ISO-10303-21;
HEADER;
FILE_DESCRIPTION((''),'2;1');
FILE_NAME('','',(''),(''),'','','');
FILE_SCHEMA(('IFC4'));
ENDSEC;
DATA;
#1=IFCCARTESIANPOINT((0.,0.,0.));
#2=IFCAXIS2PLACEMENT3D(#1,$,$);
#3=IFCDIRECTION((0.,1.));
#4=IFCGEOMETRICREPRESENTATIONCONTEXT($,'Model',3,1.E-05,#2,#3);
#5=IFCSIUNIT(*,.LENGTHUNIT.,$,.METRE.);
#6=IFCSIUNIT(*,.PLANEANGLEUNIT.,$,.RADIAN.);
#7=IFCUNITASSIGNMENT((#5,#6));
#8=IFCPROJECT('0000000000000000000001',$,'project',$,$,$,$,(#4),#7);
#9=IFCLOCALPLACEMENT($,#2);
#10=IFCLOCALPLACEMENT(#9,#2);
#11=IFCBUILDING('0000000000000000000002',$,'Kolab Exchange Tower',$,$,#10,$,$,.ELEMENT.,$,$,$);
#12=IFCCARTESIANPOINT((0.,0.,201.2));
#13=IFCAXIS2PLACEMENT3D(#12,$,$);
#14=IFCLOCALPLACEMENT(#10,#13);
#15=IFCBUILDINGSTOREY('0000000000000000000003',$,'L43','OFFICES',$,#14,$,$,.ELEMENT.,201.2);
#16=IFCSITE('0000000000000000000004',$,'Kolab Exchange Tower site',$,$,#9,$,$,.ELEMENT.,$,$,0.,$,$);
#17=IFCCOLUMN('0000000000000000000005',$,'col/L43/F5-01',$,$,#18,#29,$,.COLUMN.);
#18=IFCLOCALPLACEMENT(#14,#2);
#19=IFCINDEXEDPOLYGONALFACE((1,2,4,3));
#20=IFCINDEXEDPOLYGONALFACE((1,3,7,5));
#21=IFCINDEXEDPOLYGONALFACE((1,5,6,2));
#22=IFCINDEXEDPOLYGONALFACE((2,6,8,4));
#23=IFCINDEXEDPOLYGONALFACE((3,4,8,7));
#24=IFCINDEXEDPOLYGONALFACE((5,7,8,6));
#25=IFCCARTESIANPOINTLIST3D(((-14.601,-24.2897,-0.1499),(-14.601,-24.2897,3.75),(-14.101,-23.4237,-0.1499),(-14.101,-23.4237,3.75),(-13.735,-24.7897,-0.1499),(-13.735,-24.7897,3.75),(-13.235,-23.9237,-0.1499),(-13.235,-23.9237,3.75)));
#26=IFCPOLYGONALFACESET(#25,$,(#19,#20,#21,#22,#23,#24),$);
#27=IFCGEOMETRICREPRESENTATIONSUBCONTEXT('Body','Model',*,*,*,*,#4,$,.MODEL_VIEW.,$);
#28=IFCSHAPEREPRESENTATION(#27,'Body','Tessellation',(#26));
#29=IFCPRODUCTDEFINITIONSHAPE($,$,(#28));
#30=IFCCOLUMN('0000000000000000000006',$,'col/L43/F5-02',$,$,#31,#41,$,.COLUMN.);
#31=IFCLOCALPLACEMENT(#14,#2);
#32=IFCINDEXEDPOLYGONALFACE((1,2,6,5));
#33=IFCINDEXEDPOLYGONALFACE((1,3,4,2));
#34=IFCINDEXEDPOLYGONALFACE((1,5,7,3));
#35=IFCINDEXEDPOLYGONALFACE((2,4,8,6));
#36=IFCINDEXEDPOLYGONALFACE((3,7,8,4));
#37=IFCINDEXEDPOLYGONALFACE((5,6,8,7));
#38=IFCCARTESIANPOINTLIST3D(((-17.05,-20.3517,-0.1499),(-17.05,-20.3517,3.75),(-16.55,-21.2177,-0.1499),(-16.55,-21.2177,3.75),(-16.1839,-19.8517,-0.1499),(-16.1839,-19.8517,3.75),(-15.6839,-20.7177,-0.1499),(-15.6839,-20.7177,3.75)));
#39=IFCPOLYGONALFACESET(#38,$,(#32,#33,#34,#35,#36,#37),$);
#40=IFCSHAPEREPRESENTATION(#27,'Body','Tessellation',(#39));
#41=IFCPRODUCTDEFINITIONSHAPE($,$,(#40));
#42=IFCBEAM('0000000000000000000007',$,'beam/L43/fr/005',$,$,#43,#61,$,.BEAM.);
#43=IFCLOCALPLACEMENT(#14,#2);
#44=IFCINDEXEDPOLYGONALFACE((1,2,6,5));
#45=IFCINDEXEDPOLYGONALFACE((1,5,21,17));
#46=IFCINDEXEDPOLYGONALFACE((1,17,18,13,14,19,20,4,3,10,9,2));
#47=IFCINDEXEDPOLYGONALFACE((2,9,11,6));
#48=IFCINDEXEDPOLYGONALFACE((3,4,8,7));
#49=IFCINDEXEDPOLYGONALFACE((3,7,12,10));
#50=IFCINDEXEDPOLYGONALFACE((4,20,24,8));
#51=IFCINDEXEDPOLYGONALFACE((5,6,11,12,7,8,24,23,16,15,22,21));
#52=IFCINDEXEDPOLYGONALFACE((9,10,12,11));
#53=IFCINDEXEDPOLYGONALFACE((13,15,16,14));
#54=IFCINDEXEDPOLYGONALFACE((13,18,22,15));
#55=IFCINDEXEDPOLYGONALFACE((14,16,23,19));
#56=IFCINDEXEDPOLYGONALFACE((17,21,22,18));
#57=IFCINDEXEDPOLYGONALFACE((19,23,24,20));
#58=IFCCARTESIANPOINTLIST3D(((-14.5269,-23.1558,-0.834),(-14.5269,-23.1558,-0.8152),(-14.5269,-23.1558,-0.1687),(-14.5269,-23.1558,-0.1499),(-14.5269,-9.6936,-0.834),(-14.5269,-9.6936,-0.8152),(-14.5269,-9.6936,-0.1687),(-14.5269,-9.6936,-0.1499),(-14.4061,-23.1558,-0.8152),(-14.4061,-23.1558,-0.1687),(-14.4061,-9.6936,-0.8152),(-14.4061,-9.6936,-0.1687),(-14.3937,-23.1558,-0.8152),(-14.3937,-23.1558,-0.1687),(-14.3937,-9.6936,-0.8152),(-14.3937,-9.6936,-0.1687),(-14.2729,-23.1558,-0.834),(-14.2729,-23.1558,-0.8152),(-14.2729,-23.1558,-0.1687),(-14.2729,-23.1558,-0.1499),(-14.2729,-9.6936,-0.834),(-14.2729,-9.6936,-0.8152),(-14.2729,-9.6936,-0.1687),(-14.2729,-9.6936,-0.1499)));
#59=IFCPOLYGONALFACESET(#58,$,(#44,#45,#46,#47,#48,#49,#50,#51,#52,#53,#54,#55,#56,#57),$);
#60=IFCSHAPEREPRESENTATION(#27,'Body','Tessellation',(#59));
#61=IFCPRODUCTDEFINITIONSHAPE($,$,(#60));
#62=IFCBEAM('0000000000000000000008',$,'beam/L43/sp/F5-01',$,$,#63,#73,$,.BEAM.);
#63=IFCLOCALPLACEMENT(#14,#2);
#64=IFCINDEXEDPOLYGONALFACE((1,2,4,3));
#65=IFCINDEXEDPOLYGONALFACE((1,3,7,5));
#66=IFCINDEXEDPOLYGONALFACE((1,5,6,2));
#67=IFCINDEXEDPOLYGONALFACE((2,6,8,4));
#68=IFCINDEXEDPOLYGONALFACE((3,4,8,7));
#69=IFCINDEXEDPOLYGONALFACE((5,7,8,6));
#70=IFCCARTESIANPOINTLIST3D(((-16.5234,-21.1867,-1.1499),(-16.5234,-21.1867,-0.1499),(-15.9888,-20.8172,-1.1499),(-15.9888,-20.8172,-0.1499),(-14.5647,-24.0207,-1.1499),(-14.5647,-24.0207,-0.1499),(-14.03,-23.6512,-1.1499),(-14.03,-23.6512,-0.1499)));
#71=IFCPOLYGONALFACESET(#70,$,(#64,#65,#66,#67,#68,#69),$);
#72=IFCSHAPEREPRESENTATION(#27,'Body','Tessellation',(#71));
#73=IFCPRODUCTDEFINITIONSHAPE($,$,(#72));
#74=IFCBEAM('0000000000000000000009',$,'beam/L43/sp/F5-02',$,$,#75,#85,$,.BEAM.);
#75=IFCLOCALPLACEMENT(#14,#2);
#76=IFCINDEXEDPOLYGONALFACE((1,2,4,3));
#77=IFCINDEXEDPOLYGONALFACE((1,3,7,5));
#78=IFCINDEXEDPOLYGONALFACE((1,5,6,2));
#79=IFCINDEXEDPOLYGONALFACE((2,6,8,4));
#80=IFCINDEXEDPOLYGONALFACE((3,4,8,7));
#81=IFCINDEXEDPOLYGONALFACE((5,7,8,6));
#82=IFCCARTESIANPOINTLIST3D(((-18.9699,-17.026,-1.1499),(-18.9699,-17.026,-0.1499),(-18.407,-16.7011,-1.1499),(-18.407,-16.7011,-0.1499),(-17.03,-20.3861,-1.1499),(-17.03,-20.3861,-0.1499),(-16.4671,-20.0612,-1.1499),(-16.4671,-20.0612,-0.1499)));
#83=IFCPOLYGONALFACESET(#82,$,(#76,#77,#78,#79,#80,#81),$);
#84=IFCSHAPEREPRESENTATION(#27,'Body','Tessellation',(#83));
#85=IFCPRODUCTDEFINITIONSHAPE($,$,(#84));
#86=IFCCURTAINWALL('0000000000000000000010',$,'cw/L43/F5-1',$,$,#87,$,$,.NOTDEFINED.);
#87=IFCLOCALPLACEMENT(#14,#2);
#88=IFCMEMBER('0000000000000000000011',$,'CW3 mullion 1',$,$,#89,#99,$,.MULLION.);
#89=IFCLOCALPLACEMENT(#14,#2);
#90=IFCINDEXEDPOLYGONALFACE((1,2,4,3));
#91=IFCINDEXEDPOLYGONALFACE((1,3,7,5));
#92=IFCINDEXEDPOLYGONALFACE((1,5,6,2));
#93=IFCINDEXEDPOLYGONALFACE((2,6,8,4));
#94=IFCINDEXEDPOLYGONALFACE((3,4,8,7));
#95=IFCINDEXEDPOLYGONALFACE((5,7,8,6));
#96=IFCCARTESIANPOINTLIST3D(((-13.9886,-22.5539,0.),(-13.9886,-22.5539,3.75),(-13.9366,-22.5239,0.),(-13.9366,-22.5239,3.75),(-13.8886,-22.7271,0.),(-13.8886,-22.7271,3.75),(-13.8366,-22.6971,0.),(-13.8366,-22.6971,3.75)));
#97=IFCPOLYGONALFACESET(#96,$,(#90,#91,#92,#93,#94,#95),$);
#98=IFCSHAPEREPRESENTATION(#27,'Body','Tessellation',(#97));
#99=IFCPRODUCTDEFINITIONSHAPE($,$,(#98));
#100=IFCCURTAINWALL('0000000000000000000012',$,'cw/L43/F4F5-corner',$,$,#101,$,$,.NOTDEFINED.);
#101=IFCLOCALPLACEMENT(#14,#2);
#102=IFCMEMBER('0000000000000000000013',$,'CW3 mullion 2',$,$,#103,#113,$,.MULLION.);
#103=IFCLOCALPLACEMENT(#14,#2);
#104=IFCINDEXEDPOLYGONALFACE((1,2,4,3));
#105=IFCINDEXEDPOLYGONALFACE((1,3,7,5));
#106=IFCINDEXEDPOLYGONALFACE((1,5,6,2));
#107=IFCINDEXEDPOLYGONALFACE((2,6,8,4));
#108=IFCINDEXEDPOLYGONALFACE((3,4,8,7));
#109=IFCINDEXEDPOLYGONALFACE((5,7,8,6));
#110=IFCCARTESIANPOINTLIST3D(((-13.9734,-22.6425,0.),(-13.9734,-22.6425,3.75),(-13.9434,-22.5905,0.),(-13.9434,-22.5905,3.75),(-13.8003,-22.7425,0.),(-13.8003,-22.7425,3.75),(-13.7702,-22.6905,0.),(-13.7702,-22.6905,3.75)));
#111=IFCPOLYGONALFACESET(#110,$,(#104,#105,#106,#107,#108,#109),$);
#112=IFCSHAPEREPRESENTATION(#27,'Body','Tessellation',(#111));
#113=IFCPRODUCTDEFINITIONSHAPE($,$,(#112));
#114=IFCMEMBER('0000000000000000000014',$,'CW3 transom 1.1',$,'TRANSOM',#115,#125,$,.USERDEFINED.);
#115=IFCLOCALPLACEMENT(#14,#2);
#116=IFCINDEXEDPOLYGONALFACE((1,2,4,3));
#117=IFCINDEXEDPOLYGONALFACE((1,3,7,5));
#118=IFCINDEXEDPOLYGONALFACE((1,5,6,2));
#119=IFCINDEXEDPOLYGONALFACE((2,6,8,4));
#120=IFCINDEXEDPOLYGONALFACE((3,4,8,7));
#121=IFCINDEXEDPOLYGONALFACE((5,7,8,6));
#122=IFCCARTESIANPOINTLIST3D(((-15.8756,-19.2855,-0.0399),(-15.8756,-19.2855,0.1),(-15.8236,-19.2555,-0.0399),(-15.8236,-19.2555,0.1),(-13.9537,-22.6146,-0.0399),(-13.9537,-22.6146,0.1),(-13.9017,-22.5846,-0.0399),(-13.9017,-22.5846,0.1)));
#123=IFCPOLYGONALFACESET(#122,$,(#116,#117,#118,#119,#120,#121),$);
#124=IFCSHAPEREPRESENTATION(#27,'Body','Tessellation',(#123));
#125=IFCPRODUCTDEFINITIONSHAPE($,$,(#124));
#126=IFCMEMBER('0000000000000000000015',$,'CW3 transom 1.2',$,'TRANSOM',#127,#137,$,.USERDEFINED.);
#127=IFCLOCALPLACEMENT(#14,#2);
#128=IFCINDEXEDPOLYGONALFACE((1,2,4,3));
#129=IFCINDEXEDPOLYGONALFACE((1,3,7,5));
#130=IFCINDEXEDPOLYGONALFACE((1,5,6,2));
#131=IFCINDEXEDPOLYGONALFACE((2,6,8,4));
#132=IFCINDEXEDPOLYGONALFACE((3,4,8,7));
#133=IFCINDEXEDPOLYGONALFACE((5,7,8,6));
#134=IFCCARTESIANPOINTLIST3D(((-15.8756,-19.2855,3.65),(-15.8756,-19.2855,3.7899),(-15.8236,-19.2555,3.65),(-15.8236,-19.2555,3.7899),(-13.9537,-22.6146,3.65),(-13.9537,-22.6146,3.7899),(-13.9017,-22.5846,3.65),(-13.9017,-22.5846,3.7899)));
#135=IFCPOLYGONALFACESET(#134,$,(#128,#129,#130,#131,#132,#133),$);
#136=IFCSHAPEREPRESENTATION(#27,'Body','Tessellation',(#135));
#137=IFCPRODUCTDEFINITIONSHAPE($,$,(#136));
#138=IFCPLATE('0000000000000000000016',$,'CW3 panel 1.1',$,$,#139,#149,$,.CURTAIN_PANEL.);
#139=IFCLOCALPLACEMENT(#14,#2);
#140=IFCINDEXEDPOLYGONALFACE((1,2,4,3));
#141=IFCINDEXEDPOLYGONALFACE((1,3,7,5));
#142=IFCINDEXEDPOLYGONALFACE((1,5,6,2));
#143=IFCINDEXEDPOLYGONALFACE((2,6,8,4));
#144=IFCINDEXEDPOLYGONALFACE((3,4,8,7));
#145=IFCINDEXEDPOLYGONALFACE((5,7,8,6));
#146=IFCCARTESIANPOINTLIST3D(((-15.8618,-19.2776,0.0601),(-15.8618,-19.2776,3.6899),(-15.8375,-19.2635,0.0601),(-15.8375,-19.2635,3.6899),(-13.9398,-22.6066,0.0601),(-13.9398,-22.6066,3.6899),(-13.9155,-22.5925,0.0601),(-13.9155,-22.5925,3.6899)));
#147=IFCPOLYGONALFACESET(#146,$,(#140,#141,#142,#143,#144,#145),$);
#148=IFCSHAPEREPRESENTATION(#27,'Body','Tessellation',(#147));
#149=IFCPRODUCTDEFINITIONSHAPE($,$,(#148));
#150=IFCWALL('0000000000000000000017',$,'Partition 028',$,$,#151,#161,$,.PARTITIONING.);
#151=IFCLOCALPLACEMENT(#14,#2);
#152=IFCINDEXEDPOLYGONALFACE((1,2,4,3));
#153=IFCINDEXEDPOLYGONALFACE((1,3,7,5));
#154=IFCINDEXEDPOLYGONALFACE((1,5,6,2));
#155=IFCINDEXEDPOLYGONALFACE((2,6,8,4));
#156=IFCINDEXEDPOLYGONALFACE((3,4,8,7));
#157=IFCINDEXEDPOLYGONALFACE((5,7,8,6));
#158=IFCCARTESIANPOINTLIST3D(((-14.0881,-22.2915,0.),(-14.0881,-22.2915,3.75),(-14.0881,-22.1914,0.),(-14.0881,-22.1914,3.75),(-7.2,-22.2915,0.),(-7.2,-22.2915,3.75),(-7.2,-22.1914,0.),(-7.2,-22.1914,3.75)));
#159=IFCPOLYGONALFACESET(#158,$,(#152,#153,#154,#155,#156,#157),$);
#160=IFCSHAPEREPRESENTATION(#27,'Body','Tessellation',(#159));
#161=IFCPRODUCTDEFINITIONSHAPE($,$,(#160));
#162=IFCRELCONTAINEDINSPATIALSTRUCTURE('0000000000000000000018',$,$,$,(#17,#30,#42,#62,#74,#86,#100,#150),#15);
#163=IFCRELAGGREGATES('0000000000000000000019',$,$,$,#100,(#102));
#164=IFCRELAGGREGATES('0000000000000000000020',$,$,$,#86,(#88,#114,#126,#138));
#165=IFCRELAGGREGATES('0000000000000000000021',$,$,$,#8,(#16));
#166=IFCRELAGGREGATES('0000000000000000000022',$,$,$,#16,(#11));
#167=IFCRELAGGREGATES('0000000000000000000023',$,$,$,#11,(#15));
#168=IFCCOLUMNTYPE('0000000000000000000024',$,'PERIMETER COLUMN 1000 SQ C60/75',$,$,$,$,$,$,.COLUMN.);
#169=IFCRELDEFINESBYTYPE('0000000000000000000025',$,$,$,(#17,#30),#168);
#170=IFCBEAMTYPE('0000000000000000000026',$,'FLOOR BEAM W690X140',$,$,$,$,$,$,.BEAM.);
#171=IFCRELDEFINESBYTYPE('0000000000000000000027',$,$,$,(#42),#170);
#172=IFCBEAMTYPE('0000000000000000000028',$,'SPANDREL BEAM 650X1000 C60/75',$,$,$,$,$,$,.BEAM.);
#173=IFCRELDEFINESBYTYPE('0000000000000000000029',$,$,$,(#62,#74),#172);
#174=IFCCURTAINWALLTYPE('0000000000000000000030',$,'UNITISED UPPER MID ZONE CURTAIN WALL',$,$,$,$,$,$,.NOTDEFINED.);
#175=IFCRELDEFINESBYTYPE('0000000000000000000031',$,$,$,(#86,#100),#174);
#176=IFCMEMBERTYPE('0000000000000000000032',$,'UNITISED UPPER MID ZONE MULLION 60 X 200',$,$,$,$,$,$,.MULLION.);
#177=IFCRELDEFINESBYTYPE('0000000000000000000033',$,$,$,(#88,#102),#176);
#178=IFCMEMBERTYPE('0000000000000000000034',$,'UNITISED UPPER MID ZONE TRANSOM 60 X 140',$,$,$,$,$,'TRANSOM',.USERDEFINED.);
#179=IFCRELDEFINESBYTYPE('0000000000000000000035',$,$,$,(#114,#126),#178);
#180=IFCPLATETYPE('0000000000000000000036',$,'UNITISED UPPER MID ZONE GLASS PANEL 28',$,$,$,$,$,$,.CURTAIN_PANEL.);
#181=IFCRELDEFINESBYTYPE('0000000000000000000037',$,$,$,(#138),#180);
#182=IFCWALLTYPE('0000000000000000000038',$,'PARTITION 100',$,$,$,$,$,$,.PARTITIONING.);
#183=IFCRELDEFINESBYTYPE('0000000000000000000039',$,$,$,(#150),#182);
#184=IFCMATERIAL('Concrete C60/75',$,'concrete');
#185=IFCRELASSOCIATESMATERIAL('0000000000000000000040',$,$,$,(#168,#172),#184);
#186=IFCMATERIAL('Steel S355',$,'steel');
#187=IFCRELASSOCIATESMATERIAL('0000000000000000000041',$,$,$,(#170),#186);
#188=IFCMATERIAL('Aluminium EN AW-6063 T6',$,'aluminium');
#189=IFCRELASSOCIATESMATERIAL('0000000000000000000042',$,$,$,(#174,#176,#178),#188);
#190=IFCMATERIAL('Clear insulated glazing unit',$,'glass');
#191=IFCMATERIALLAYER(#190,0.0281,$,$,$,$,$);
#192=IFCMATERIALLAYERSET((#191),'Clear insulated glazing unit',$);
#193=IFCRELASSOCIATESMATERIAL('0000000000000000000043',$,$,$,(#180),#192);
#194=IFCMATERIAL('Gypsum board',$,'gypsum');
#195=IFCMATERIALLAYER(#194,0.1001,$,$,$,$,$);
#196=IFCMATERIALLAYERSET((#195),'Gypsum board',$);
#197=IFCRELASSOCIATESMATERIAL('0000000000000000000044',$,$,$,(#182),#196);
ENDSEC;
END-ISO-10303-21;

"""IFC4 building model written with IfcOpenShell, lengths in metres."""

from ifc_helpers import new_model, si_unit, direction, frame, frame_2d, origin, origin_2d, place, context, subcontext, project, spatial, rectangle, i_section, extrude, material, layer, layer_set, material_profile, profile_set, type_object, element, aggregate, save


model = new_model("IFC4")

# Units and contexts
model_context = context("Model", 3, precision=1e-05, world=origin(), true_north=direction((0.0, 1.0)))
body_context = subcontext(model_context, "Body", "Model", "MODEL_VIEW")
ifc_project = project(units=[si_unit("LENGTHUNIT", "METRE"), si_unit("PLANEANGLEUNIT", "RADIAN")], contexts=[model_context])

# Site, building, storey
site_placement = place(None, origin())
site = spatial("IfcSite", under=ifc_project, at=site_placement, Name="Kolab Exchange Tower site", CompositionType="ELEMENT", RefElevation=0.0)
building_placement = place(site_placement, origin())
building = spatial("IfcBuilding", under=site, at=building_placement, Name="Kolab Exchange Tower", CompositionType="ELEMENT")
storey_placement = place(building_placement, frame((0.0, 0.0, 201.2)))
storey = spatial("IfcBuildingStorey", under=building, at=storey_placement, Name="L43", Description="OFFICES", CompositionType="ELEMENT", Elevation=201.2)

# Columns
ifc_material_1 = material(Name="Concrete C60/75", Category="concrete")
ifc_material_profile_1 = material_profile(ifc_material_1, rectangle(XDim=1.0, YDim=1.0, at=origin_2d()), Name="RC1000")
ifc_profile_set_1 = profile_set([ifc_material_profile_1], Name="Concrete C60/75")
column_type = type_object("IfcColumnType", Name="PERIMETER COLUMN 1000 SQ C60/75", PredefinedType="COLUMN", material=ifc_profile_set_1)
for number, where, z_axis, x_axis, name in (
    (1, (-13.918, -24.1067, -0.1499), (0.0, 0.0, 1.0), (0.5, 0.866025, 0.0), "col/L43/F5-01"),
    (2, (-16.3669, -20.5347, -0.1499), (0.0, 0.0, 1.0), (0.866025, 0.5, 0.0), "col/L43/F5-02"),
):
    element("IfcColumn", number, at=place(storey_placement, frame(where, z_axis=z_axis, x_axis=x_axis)), inside=storey, type_object=column_type, Name=name, PredefinedType="COLUMN", context=body_context, shape_type="SweptSolid", body=[
        extrude(rectangle(XDim=1.0, YDim=1.0, at=origin_2d()), origin(), (0.0, 0.0, 1.0), 3.8999),
    ])

# Beams
ifc_material_2 = material(Name="Steel S355", Category="steel")
ifc_material_profile_2 = material_profile(ifc_material_2, i_section(OverallWidth=0.2539, OverallDepth=0.6841, WebThickness=0.0125, FlangeThickness=0.0188, at=origin_2d()), Name="W690X140")
ifc_profile_set_2 = profile_set([ifc_material_profile_2], Name="Steel S355")
beam_type_1 = type_object("IfcBeamType", Name="FLOOR BEAM W690X140", PredefinedType="BEAM", material=ifc_profile_set_2)
beam_1_placement = place(storey_placement, frame((-14.3999, -23.1558, -0.4919), z_axis=(0.0, 1.0, 0.0), x_axis=(-1.0, 0.0, 0.0)))
element("IfcBeam", 3, at=beam_1_placement, inside=storey, type_object=beam_type_1, Name="beam/L43/fr/005", PredefinedType="BEAM", context=body_context, shape_type="SweptSolid", body=[
    extrude(i_section(OverallWidth=0.2539, OverallDepth=0.6841, WebThickness=0.0125, FlangeThickness=0.0188, at=origin_2d()), origin(), (0.0, 0.0, 1.0), 13.4622),
])
ifc_material_profile_3 = material_profile(ifc_material_1, rectangle(XDim=0.6499, YDim=1.0, at=origin_2d()), Name="RC650X1000")
ifc_profile_set_3 = profile_set([ifc_material_profile_3], Name="Concrete C60/75")
beam_type_2 = type_object("IfcBeamType", Name="SPANDREL BEAM 650X1000 C60/75", PredefinedType="BEAM", material=ifc_profile_set_3)
beam_2_placement = place(storey_placement, frame((-14.2974, -23.8359, -0.6499), z_axis=(-0.568572, 0.822633, 0.0), x_axis=(-0.822633, -0.568572, 0.0)))
element("IfcBeam", 4, at=beam_2_placement, inside=storey, type_object=beam_type_2, Name="beam/L43/sp/F5-01", PredefinedType="BEAM", context=body_context, shape_type="SweptSolid", body=[
    extrude(rectangle(XDim=0.6499, YDim=1.0, at=origin_2d()), origin(), (0.0, 0.0, 1.0), 3.4451),
])
beam_3_placement = place(storey_placement, frame((-16.7485, -20.2236, -0.6499), z_axis=(-0.499997, 0.866027, 0.0), x_axis=(-0.866027, -0.499997, 0.0)))
element("IfcBeam", 5, at=beam_3_placement, inside=storey, type_object=beam_type_2, Name="beam/L43/sp/F5-02", PredefinedType="BEAM", context=body_context, shape_type="SweptSolid", body=[
    extrude(rectangle(XDim=0.6499, YDim=1.0, at=origin_2d()), origin(), (0.0, 0.0, 1.0), 3.8799),
])

# Curtain walls, members
ifc_material_3 = material(Name="Aluminium EN AW-6063 T6", Category="aluminium")
curtain_wall_type = type_object("IfcCurtainWallType", Name="UNITISED UPPER MID ZONE CURTAIN WALL", PredefinedType="NOTDEFINED", material=ifc_material_3)
curtain_wall_1_placement = place(storey_placement, origin())
curtain_wall_1 = element("IfcCurtainWall", 6, at=curtain_wall_1_placement, inside=storey, type_object=curtain_wall_type, Name="cw/L43/F5-1", PredefinedType="NOTDEFINED")
ifc_material_profile_4 = material_profile(ifc_material_3, rectangle(XDim=0.0601, YDim=0.2, at=origin_2d()), Name="RECT 60X200")
ifc_profile_set_4 = profile_set([ifc_material_profile_4], Name="Aluminium EN AW-6063 T6")
member_type_1 = type_object("IfcMemberType", Name="UNITISED UPPER MID ZONE MULLION 60 X 200", PredefinedType="MULLION", material=ifc_profile_set_4)
member_1_placement = place(storey_placement, frame((-13.9126, -22.6255, 0.0), z_axis=(0.0, 0.0, 1.0), x_axis=(-0.866025, -0.5, 0.0)))
member_1 = element("IfcMember", 7, at=member_1_placement, type_object=member_type_1, Name="CW3 mullion 1", PredefinedType="MULLION", context=body_context, shape_type="SweptSolid", body=[
    extrude(rectangle(XDim=0.0601, YDim=0.2, at=origin_2d()), origin(), (0.0, 0.0, 1.0), 3.75),
])
curtain_wall_2_placement = place(storey_placement, origin())
curtain_wall_2 = element("IfcCurtainWall", 8, at=curtain_wall_2_placement, inside=storey, type_object=curtain_wall_type, Name="cw/L43/F4F5-corner", PredefinedType="NOTDEFINED")
member_2_placement = place(storey_placement, frame((-13.8718, -22.6665, 0.0), z_axis=(0.0, 0.0, 1.0), x_axis=(-0.5, -0.866025, 0.0)))
member_2 = element("IfcMember", 9, at=member_2_placement, type_object=member_type_1, Name="CW3 mullion 2", PredefinedType="MULLION", context=body_context, shape_type="SweptSolid", body=[
    extrude(rectangle(XDim=0.0601, YDim=0.2, at=origin_2d()), origin(), (0.0, 0.0, 1.0), 3.75),
])
aggregate(curtain_wall_2, [member_2])

# Members
ifc_material_profile_5 = material_profile(ifc_material_3, rectangle(XDim=0.0601, YDim=0.1399, at=origin_2d()), Name="RECT 60X140")
ifc_profile_set_5 = profile_set([ifc_material_profile_5], Name="Aluminium EN AW-6063 T6")
member_type_2 = type_object("IfcMemberType", Name="UNITISED UPPER MID ZONE TRANSOM 60 X 140", ElementType="TRANSOM", PredefinedType="USERDEFINED", material=ifc_profile_set_5)
member_3_placement = place(storey_placement, frame((-13.9277, -22.5996, 0.03), z_axis=(-0.499964, 0.866046, 0.0), x_axis=(-0.866046, -0.499964, 0.0)))
member_3 = element("IfcMember", 10, at=member_3_placement, type_object=member_type_2, Name="CW3 transom 1.1", ObjectType="TRANSOM", PredefinedType="USERDEFINED", context=body_context, shape_type="SweptSolid", body=[
    extrude(rectangle(XDim=0.0601, YDim=0.1399, at=origin_2d()), origin(), (0.0, 0.0, 1.0), 3.844),
])
member_4_placement = place(storey_placement, frame((-13.9277, -22.5996, 3.72), z_axis=(-0.499964, 0.866046, 0.0), x_axis=(-0.866046, -0.499964, 0.0)))
member_4 = element("IfcMember", 11, at=member_4_placement, type_object=member_type_2, Name="CW3 transom 1.2", ObjectType="TRANSOM", PredefinedType="USERDEFINED", context=body_context, shape_type="SweptSolid", body=[
    extrude(rectangle(XDim=0.0601, YDim=0.1399, at=origin_2d()), origin(), (0.0, 0.0, 1.0), 3.844),
])

# Plate
ifc_material_4 = material(Name="Clear insulated glazing unit", Category="glass")
ifc_layer_1 = layer(ifc_material_4, 0.0281)
ifc_layer_set_1 = layer_set([ifc_layer_1], Name="Clear insulated glazing unit")
plate_type = type_object("IfcPlateType", Name="UNITISED UPPER MID ZONE GLASS PANEL 28", PredefinedType="CURTAIN_PANEL", material=ifc_layer_set_1)
plate_placement = place(storey_placement, frame((-14.8887, -20.9351, 0.0601), z_axis=(0.0, 0.0, 1.0), x_axis=(-0.5, 0.866025, 0.0)))
plate = element("IfcPlate", 12, at=plate_placement, type_object=plate_type, Name="CW3 panel 1.1", PredefinedType="CURTAIN_PANEL", context=body_context, shape_type="SweptSolid", body=[
    extrude(rectangle(XDim=3.844, YDim=0.0281, at=origin_2d()), origin(), (0.0, 0.0, 1.0), 3.6299),
])
aggregate(curtain_wall_1, [member_1, member_3, member_4, plate])

# Wall
ifc_material_5 = material(Name="Gypsum board", Category="gypsum")
ifc_layer_2 = layer(ifc_material_5, 0.1001)
ifc_layer_set_2 = layer_set([ifc_layer_2], Name="Gypsum board")
wall_type = type_object("IfcWallType", Name="PARTITION 100", PredefinedType="PARTITIONING", material=ifc_layer_set_2)
wall_placement = place(storey_placement, frame((-14.0881, -22.2415, 0.0), z_axis=(0.0, 0.0, 1.0), x_axis=(1.0, 0.0, 0.0)))
element("IfcWall", 13, at=wall_placement, inside=storey, type_object=wall_type, Name="Partition 028", PredefinedType="PARTITIONING", context=body_context, shape_type="SweptSolid", body=[
    extrude(rectangle(XDim=6.8882, YDim=0.1001, at=frame_2d((3.4441, 0.0))), origin(), (0.0, 0.0, 1.0), 3.75),
])

save(model, "model.ifc")
